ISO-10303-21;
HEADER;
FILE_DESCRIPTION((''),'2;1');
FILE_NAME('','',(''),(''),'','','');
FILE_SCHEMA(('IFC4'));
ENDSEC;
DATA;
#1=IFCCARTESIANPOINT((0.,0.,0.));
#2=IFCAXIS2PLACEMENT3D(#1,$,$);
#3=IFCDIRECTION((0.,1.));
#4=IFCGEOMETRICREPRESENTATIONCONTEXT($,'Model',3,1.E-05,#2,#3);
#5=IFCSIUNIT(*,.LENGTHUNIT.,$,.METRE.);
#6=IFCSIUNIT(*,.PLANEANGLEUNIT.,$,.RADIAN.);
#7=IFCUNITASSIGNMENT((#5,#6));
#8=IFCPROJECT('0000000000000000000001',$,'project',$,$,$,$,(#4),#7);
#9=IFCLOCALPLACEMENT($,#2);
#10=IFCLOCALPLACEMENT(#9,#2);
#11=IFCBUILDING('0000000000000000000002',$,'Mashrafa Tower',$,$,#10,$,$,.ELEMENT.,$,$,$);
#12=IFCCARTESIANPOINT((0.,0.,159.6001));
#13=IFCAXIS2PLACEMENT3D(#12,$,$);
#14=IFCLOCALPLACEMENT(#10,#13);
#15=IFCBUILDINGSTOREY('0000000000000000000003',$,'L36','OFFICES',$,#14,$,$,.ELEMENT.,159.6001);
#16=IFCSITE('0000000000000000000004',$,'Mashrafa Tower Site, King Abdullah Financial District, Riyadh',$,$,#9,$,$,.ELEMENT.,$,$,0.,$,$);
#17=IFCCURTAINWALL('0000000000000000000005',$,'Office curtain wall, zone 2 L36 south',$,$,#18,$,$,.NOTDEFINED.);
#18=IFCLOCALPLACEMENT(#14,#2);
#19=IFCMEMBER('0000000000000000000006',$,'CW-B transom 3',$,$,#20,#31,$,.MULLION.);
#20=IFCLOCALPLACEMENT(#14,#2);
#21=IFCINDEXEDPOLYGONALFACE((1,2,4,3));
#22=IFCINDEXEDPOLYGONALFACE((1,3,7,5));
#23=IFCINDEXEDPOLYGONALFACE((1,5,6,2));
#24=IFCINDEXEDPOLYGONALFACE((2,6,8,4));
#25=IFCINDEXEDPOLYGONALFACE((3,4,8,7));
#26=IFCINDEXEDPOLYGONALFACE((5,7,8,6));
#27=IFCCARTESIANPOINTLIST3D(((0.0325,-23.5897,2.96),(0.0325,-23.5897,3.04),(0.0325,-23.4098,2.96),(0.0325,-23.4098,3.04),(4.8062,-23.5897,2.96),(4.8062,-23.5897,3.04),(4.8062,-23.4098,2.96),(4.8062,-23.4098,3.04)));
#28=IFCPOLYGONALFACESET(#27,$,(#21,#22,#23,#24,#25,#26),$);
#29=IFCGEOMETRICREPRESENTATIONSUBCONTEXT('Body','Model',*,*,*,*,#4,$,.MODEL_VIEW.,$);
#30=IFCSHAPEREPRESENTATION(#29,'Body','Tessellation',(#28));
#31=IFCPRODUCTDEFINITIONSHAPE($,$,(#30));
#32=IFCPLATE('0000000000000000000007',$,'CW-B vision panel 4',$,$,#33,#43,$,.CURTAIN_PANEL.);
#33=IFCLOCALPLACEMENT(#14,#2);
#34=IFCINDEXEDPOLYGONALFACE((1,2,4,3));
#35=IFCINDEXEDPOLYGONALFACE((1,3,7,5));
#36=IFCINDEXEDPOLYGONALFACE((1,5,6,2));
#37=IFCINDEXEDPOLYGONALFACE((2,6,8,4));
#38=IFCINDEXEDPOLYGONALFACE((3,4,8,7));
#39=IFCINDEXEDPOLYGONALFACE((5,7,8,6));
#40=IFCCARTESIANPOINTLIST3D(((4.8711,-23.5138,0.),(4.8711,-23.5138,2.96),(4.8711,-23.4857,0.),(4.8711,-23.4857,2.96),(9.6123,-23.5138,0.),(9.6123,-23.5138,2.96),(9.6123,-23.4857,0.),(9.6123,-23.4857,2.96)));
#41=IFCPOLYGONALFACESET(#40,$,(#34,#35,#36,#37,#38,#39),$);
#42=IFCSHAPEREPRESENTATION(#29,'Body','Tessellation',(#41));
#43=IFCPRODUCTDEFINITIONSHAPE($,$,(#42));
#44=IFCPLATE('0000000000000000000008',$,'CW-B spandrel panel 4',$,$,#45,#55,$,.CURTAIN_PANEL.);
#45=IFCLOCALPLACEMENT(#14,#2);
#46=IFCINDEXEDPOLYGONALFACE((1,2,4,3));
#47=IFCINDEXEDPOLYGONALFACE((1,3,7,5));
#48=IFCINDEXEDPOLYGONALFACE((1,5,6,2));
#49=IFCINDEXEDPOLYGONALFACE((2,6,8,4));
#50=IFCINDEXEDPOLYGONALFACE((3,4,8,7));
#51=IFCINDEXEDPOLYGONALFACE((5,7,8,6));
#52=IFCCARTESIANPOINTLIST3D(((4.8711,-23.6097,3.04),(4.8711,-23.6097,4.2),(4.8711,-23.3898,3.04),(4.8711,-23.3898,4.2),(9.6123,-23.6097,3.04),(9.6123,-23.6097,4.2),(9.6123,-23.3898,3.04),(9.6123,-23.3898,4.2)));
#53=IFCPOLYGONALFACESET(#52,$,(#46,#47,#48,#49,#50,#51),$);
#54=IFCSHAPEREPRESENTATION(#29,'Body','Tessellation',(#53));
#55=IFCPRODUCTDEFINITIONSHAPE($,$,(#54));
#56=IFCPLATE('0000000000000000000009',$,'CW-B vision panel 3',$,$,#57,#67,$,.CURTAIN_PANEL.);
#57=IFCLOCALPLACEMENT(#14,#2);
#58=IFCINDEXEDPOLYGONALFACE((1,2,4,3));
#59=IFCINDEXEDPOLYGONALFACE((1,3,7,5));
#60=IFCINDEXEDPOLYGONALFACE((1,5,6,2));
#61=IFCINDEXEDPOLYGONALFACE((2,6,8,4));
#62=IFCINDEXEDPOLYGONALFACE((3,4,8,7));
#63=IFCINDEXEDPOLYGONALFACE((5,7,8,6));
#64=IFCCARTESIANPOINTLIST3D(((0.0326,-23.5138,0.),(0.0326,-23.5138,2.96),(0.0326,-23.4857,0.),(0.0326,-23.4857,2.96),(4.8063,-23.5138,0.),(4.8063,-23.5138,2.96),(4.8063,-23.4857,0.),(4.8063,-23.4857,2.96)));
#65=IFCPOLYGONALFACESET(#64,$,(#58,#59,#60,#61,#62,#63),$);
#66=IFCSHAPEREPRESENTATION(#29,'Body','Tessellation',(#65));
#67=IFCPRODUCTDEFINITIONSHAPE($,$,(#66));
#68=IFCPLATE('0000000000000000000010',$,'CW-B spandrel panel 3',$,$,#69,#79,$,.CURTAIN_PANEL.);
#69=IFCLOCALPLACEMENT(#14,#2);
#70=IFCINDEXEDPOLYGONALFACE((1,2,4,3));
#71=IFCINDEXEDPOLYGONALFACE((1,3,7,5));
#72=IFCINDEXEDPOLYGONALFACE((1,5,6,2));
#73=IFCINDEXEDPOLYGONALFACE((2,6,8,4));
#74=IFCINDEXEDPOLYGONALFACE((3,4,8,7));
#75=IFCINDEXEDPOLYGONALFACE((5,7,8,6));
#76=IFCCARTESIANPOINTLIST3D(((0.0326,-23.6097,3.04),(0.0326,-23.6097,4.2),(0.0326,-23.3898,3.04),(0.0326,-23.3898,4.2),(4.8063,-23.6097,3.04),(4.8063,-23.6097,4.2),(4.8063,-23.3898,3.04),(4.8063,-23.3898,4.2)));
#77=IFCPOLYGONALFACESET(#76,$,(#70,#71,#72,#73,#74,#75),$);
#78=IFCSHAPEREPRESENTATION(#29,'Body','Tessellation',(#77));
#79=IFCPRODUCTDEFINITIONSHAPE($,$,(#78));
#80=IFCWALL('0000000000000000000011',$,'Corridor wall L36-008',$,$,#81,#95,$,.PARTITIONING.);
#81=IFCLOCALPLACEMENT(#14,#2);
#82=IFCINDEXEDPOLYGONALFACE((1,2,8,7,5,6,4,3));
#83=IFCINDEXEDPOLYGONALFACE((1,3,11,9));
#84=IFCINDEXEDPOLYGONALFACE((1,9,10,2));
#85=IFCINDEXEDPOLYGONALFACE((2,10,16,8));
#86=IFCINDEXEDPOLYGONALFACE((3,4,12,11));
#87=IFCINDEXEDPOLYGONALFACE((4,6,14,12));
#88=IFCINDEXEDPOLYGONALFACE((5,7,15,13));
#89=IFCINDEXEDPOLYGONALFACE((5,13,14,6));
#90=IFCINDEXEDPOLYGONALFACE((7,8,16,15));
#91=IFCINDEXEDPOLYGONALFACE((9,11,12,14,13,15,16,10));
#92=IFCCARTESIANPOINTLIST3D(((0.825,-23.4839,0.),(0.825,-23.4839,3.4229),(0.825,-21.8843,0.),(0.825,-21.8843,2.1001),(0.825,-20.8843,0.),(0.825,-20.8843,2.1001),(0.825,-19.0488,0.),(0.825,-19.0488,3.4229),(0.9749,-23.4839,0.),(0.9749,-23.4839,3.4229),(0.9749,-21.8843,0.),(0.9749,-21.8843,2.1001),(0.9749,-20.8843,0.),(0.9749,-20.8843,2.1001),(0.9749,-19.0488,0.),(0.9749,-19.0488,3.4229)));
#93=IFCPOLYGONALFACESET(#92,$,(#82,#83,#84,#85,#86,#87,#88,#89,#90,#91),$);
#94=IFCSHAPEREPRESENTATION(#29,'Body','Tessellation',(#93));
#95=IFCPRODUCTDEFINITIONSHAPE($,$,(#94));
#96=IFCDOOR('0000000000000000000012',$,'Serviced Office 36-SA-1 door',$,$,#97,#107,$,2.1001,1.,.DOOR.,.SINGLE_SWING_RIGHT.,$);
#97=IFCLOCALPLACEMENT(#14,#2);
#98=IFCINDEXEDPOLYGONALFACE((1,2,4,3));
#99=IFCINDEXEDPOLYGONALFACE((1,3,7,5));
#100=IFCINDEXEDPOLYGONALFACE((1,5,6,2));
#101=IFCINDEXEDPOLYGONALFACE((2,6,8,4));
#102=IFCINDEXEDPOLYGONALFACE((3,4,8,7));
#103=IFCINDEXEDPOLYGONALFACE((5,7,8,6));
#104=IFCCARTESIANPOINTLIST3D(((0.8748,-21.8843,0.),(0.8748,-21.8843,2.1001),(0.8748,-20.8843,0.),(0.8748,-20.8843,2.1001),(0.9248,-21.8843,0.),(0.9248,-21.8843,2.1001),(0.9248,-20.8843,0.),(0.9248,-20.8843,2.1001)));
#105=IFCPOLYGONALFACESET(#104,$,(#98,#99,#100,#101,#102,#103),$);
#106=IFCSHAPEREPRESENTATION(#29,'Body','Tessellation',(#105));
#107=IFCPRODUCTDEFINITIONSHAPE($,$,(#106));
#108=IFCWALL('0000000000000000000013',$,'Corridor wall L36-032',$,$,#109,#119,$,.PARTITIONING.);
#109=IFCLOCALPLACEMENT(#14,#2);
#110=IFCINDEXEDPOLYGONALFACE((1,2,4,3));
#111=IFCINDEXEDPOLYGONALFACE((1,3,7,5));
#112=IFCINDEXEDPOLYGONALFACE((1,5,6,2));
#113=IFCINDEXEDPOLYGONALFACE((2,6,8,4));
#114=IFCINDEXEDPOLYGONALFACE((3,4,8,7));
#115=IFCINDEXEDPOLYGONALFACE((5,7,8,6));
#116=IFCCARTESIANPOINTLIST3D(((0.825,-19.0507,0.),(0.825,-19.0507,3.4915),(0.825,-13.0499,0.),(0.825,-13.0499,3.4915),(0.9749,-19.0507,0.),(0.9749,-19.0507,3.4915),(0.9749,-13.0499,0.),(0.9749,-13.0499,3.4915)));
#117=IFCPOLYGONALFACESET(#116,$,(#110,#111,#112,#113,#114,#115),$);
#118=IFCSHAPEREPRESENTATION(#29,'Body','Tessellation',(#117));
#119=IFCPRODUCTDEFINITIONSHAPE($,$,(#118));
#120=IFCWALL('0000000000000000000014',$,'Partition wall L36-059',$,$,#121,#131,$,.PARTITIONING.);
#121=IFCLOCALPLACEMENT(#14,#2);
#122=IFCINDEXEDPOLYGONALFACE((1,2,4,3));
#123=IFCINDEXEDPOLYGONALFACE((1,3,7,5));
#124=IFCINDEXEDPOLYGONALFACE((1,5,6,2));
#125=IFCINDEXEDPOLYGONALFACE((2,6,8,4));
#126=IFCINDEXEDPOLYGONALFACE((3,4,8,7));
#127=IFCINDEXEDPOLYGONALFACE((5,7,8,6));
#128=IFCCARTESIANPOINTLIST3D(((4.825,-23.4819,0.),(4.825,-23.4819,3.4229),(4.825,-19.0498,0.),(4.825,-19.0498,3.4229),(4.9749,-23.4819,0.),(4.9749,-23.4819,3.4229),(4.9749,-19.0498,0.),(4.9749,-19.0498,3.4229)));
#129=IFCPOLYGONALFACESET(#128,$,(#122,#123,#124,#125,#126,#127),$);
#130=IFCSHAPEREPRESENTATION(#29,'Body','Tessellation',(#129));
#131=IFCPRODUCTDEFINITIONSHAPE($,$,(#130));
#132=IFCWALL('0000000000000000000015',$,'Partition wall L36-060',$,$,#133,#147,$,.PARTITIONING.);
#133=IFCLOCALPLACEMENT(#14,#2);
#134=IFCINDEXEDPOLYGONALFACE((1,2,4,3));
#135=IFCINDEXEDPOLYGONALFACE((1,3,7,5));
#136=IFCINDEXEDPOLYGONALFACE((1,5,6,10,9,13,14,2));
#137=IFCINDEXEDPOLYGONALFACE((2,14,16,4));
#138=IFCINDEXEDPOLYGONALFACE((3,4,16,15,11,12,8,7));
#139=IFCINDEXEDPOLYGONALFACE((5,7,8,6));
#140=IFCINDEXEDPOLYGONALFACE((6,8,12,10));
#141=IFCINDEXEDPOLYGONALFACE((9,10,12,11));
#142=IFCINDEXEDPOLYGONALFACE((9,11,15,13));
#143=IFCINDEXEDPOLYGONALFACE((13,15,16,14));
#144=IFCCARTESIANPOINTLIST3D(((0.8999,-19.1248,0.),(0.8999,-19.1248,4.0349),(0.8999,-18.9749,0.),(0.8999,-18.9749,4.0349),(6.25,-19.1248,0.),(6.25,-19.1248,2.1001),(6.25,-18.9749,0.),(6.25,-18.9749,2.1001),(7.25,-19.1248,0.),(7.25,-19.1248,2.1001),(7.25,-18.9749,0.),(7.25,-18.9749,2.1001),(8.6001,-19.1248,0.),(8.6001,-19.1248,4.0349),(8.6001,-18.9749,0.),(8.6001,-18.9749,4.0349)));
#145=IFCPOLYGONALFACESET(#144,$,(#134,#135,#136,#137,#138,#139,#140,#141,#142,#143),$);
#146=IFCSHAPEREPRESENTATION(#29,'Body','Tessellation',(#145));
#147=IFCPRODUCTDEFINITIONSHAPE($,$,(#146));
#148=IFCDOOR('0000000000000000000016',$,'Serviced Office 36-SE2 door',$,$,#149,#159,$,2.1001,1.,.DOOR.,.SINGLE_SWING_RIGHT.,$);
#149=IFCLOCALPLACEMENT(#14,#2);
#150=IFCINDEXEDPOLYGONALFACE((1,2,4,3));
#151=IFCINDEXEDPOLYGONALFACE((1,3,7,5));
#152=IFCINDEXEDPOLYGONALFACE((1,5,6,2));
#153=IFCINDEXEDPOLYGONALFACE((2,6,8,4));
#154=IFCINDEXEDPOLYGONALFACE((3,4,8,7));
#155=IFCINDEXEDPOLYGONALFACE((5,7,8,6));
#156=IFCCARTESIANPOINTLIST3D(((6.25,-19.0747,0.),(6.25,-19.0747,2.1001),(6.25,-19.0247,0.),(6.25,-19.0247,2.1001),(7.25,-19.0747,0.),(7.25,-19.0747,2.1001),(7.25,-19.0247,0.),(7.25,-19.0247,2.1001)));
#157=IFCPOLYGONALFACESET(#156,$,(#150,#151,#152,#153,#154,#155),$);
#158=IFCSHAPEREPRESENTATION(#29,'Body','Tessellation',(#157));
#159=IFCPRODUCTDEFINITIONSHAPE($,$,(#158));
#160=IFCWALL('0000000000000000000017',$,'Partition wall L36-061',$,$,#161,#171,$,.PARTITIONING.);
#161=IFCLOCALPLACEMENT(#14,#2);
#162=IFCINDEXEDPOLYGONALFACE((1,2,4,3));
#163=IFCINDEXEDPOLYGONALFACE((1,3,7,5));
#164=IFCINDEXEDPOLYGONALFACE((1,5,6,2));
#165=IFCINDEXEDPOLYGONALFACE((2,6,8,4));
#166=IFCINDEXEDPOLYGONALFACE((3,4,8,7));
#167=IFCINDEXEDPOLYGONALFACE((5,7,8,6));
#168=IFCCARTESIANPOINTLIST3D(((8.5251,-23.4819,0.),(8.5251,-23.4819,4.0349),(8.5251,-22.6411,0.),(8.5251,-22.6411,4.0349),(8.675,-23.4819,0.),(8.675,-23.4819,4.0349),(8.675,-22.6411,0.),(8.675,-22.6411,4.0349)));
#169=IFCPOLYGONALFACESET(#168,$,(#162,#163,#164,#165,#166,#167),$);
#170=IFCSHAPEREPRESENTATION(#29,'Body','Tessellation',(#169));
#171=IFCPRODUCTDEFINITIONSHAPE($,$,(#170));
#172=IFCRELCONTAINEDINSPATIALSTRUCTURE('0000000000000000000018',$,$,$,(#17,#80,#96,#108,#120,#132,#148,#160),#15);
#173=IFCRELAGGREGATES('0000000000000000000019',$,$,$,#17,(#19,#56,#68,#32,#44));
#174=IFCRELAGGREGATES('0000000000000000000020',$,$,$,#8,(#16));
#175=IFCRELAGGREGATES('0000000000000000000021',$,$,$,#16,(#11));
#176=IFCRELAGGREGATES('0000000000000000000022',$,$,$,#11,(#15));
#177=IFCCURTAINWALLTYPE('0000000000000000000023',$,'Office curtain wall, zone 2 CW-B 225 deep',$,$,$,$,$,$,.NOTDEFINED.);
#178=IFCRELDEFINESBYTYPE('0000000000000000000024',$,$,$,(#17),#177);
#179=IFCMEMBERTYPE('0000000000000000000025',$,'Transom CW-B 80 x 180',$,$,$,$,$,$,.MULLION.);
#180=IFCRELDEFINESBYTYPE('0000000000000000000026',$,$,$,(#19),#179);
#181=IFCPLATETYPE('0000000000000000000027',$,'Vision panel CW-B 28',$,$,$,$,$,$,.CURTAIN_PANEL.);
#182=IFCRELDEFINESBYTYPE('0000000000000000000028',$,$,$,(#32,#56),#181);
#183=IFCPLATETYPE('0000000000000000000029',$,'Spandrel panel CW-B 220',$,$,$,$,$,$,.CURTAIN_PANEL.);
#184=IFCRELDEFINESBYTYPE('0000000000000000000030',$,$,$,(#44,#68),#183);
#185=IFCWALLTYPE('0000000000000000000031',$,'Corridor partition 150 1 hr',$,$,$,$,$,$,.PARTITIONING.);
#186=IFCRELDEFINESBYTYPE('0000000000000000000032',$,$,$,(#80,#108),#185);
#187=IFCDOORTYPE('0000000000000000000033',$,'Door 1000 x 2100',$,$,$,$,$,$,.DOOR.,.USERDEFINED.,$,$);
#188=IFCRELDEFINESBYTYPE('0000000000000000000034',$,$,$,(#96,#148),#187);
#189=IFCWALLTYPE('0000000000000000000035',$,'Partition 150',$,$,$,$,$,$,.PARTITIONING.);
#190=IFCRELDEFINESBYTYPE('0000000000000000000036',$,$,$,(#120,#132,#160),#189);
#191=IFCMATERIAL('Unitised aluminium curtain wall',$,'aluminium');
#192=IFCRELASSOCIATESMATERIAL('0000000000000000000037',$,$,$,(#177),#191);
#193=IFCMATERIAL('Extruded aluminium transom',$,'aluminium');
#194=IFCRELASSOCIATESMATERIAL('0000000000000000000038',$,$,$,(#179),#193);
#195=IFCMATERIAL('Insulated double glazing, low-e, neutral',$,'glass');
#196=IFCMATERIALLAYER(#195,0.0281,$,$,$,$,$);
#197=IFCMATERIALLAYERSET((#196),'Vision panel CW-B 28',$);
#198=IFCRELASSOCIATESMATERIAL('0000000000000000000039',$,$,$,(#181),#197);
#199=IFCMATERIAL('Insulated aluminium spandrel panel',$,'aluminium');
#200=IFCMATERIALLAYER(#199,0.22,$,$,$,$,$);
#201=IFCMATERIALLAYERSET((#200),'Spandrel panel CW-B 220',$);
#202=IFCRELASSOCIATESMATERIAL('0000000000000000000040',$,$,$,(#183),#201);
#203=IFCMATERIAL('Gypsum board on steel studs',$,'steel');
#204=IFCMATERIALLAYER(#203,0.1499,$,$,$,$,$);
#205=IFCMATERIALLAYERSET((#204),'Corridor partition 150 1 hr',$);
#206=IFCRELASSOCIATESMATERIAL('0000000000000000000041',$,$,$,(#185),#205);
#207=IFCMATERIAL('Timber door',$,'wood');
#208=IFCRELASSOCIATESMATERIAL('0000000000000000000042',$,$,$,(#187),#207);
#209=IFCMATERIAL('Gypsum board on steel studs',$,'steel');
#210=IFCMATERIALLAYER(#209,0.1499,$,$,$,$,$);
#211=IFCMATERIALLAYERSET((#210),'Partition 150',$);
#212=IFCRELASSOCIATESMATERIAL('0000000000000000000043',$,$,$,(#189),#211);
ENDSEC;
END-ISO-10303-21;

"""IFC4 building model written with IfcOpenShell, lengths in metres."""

from ifc_helpers import new_model, si_unit, direction, frame, frame_2d, origin, origin_2d, place, context, subcontext, project, spatial, rectangle, extrude, source, transform, mapped, material, layer, layer_set, material_profile, profile_set, type_object, type_shapes, element, fill, aggregate, save


model = new_model("IFC4")

# Units and contexts
model_context = context("Model", 3, precision=1e-05, world=origin(), true_north=direction((0.0, 1.0)))
body_context = subcontext(model_context, "Body", "Model", "MODEL_VIEW")
ifc_project = project(units=[si_unit("LENGTHUNIT", "METRE"), si_unit("PLANEANGLEUNIT", "RADIAN")], contexts=[model_context])

# Site, building, storey
site_placement = place(None, origin())
site = spatial("IfcSite", under=ifc_project, at=site_placement, Name="Mashrafa Tower Site, King Abdullah Financial District, Riyadh", CompositionType="ELEMENT", RefElevation=0.0)
building_placement = place(site_placement, origin())
building = spatial("IfcBuilding", under=site, at=building_placement, Name="Mashrafa Tower", CompositionType="ELEMENT")
storey_placement = place(building_placement, frame((0.0, 0.0, 159.6001)))
storey = spatial("IfcBuildingStorey", under=building, at=storey_placement, Name="L36", Description="OFFICES", CompositionType="ELEMENT", Elevation=159.6001)

# Curtain wall
ifc_material_1 = material(Name="Unitised aluminium curtain wall", Category="aluminium")
curtain_wall_type = type_object("IfcCurtainWallType", Name="Office curtain wall, zone 2 CW-B 225 deep", PredefinedType="NOTDEFINED", material=ifc_material_1)
curtain_wall_1_placement = place(storey_placement, origin())
curtain_wall_1 = element("IfcCurtainWall", 1, at=curtain_wall_1_placement, inside=storey, type_object=curtain_wall_type, Name="Office curtain wall, zone 2 L36 south", PredefinedType="NOTDEFINED")

# Member
ifc_material_2 = material(Name="Extruded aluminium transom", Category="aluminium")
ifc_material_profile_1 = material_profile(ifc_material_2, rectangle(XDim=0.1799, YDim=0.0801, at=origin_2d()), Name="Transom 80x180")
ifc_profile_set_1 = profile_set([ifc_material_profile_1], Name="Extruded aluminium transom")
member_type_1 = type_object("IfcMemberType", Name="Transom CW-B 80 x 180", PredefinedType="MULLION", material=ifc_profile_set_1)
shared_shape_1 = source(origin(), body_context, "Body", "SweptSolid", [
    extrude(rectangle(XDim=0.1799, YDim=0.0801, at=origin_2d()), origin(), (0.0, 0.0, 1.0), 4.7737),
])
member_1_placement = place(storey_placement, frame((0.0325, -23.4998, 3.0), z_axis=(1.0, 0.0, 0.0), x_axis=(0.0, 1.0, 0.0)))
member_1 = element("IfcMember", 2, at=member_1_placement, type_object=member_type_1, Name="CW-B transom 3", PredefinedType="MULLION", context=body_context, shape_type="MappedRepresentation", body=[
    mapped(shared_shape_1, transform((0.0, 0.0, 0.0))),
])

# Plates
ifc_material_3 = material(Name="Insulated double glazing, low-e, neutral", Category="glass")
ifc_layer_1 = layer(ifc_material_3, 0.0281)
ifc_layer_set_1 = layer_set([ifc_layer_1], Name="Vision panel CW-B 28")
plate_type_1 = type_object("IfcPlateType", Name="Vision panel CW-B 28", PredefinedType="CURTAIN_PANEL", material=ifc_layer_set_1)
shared_shape_2 = source(origin(), body_context, "Body", "SweptSolid", [
    extrude(rectangle(XDim=4.7412, YDim=0.0281, at=origin_2d()), origin(), (0.0, 0.0, 1.0), 2.96),
])
plate_1_placement = place(storey_placement, frame((7.2417, -23.4998, 0.0), z_axis=(0.0, 0.0, 1.0), x_axis=(1.0, 0.0, 0.0)))
plate_1 = element("IfcPlate", 3, at=plate_1_placement, type_object=plate_type_1, Name="CW-B vision panel 4", PredefinedType="CURTAIN_PANEL", context=body_context, shape_type="MappedRepresentation", body=[
    mapped(shared_shape_2, transform((0.0, 0.0, 0.0))),
])
ifc_material_4 = material(Name="Insulated aluminium spandrel panel", Category="aluminium")
ifc_layer_2 = layer(ifc_material_4, 0.22)
ifc_layer_set_2 = layer_set([ifc_layer_2], Name="Spandrel panel CW-B 220")
plate_type_2 = type_object("IfcPlateType", Name="Spandrel panel CW-B 220", PredefinedType="CURTAIN_PANEL", material=ifc_layer_set_2)
shared_shape_3 = source(origin(), body_context, "Body", "SweptSolid", [
    extrude(rectangle(XDim=4.7412, YDim=0.22, at=origin_2d()), origin(), (0.0, 0.0, 1.0), 1.1599),
])
plate_2_placement = place(storey_placement, frame((7.2417, -23.4998, 3.04), z_axis=(0.0, 0.0, 1.0), x_axis=(1.0, 0.0, 0.0)))
plate_2 = element("IfcPlate", 4, at=plate_2_placement, type_object=plate_type_2, Name="CW-B spandrel panel 4", PredefinedType="CURTAIN_PANEL", context=body_context, shape_type="MappedRepresentation", body=[
    mapped(shared_shape_3, transform((0.0, 0.0, 0.0))),
])
shared_shape_4 = source(origin(), body_context, "Body", "SweptSolid", [
    extrude(rectangle(XDim=4.7737, YDim=0.0281, at=origin_2d()), origin(), (0.0, 0.0, 1.0), 2.96),
])
type_shapes(plate_type_1, [shared_shape_2, shared_shape_4])
plate_3_placement = place(storey_placement, frame((2.4194, -23.4998, 0.0), z_axis=(0.0, 0.0, 1.0), x_axis=(1.0, 0.0, 0.0)))
plate_3 = element("IfcPlate", 5, at=plate_3_placement, type_object=plate_type_1, Name="CW-B vision panel 3", PredefinedType="CURTAIN_PANEL", context=body_context, shape_type="MappedRepresentation", body=[
    mapped(shared_shape_4, transform((0.0, 0.0, 0.0))),
])
shared_shape_5 = source(origin(), body_context, "Body", "SweptSolid", [
    extrude(rectangle(XDim=4.7737, YDim=0.22, at=origin_2d()), origin(), (0.0, 0.0, 1.0), 1.1599),
])
type_shapes(plate_type_2, [shared_shape_3, shared_shape_5])
plate_4_placement = place(storey_placement, frame((2.4194, -23.4998, 3.04), z_axis=(0.0, 0.0, 1.0), x_axis=(1.0, 0.0, 0.0)))
plate_4 = element("IfcPlate", 6, at=plate_4_placement, type_object=plate_type_2, Name="CW-B spandrel panel 3", PredefinedType="CURTAIN_PANEL", context=body_context, shape_type="MappedRepresentation", body=[
    mapped(shared_shape_5, transform((0.0, 0.0, 0.0))),
])
aggregate(curtain_wall_1, [member_1, plate_3, plate_4, plate_1, plate_2])

# Wall, opening, door
ifc_material_5 = material(Name="Gypsum board on steel studs", Category="steel")
ifc_layer_3 = layer(ifc_material_5, 0.1499)
ifc_layer_set_3 = layer_set([ifc_layer_3], Name="Corridor partition 150 1 hr")
wall_type_1 = type_object("IfcWallType", Name="Corridor partition 150 1 hr", PredefinedType="PARTITIONING", material=ifc_layer_set_3)
wall_1_placement = place(storey_placement, frame((0.8999, -23.4839, 0.0), z_axis=(0.0, 0.0, 1.0), x_axis=(0.0, 1.0, 0.0)))
wall_1 = element("IfcWall", 7, at=wall_1_placement, inside=storey, type_object=wall_type_1, Name="Corridor wall L36-008", PredefinedType="PARTITIONING", context=body_context, shape_type="SweptSolid", body=[
    extrude(rectangle(XDim=4.4351, YDim=0.1499, at=frame_2d((2.2175, 0.0))), origin(), (0.0, 0.0, 1.0), 3.4229),
])
opening_1_placement = place(wall_1_placement, frame((1.5996, 0.0, 0.0)))
opening_1 = element("IfcOpeningElement", 8, at=opening_1_placement, cuts=wall_1, PredefinedType="OPENING", context=body_context, shape_type="SweptSolid", body=[
    extrude(rectangle(XDim=1.0, YDim=2.1001, at=frame_2d((0.5, 1.05))), frame((0.0, 0.085, 0.0), z_axis=(0.0, -1.0, 0.0), x_axis=(1.0, 0.0, 0.0)), (0.0, 0.0, 1.0), 0.1699),
])
ifc_material_6 = material(Name="Timber door", Category="wood")
door_type = type_object("IfcDoorType", Name="Door 1000 x 2100", OperationType="USERDEFINED", PredefinedType="DOOR", material=ifc_material_6)
door_1_placement = place(opening_1_placement, frame((1.0, 0.0, 0.0), z_axis=(0.0, 0.0, 1.0), x_axis=(-1.0, 0.0, 0.0)))
door_1 = element("IfcDoor", 9, at=door_1_placement, inside=storey, type_object=door_type, Name="Serviced Office 36-SA-1 door", OperationType="SINGLE_SWING_RIGHT", OverallHeight=2.1001, OverallWidth=1.0, PredefinedType="DOOR", context=body_context, shape_type="SweptSolid", body=[
    extrude(rectangle(XDim=1.0, YDim=2.1001, at=frame_2d((0.5, 1.05))), frame((0.0, 0.0249, 0.0), z_axis=(0.0, -1.0, 0.0), x_axis=(1.0, 0.0, 0.0)), (0.0, 0.0, 1.0), 0.05),
])
fill(opening_1, door_1)

# Walls
wall_2_placement = place(storey_placement, frame((0.8999, -19.0508, 0.0), z_axis=(0.0, 0.0, 1.0), x_axis=(0.0, 1.0, 0.0)))
element("IfcWall", 10, at=wall_2_placement, inside=storey, type_object=wall_type_1, Name="Corridor wall L36-032", PredefinedType="PARTITIONING", context=body_context, shape_type="SweptSolid", body=[
    extrude(rectangle(XDim=6.0007, YDim=0.1499, at=frame_2d((3.0005, 0.0))), origin(), (0.0, 0.0, 1.0), 3.4915),
])
ifc_material_7 = material(Name="Gypsum board on steel studs", Category="steel")
ifc_layer_4 = layer(ifc_material_7, 0.1499)
ifc_layer_set_4 = layer_set([ifc_layer_4], Name="Partition 150")
wall_type_2 = type_object("IfcWallType", Name="Partition 150", PredefinedType="PARTITIONING", material=ifc_layer_set_4)
wall_3_placement = place(storey_placement, frame((4.8999, -23.4819, 0.0), z_axis=(0.0, 0.0, 1.0), x_axis=(0.0, 1.0, 0.0)))
element("IfcWall", 11, at=wall_3_placement, inside=storey, type_object=wall_type_2, Name="Partition wall L36-059", PredefinedType="PARTITIONING", context=body_context, shape_type="SweptSolid", body=[
    extrude(rectangle(XDim=4.4321, YDim=0.1499, at=frame_2d((2.2161, 0.0))), origin(), (0.0, 0.0, 1.0), 3.4229),
])

# Wall, opening, door
wall_4_placement = place(storey_placement, frame((0.8999, -19.0498, 0.0), z_axis=(0.0, 0.0, 1.0), x_axis=(1.0, 0.0, 0.0)))
wall_4 = element("IfcWall", 12, at=wall_4_placement, inside=storey, type_object=wall_type_2, Name="Partition wall L36-060", PredefinedType="PARTITIONING", context=body_context, shape_type="SweptSolid", body=[
    extrude(rectangle(XDim=7.7002, YDim=0.1499, at=frame_2d((3.8501, 0.0))), origin(), (0.0, 0.0, 1.0), 4.0349),
])
opening_2_placement = place(wall_4_placement, frame((5.3501, 0.0, 0.0)))
opening_2 = element("IfcOpeningElement", 13, at=opening_2_placement, cuts=wall_4, PredefinedType="OPENING", context=body_context, shape_type="SweptSolid", body=[
    extrude(rectangle(XDim=1.0, YDim=2.1001, at=frame_2d((0.5, 1.05))), frame((0.0, 0.085, 0.0), z_axis=(0.0, -1.0, 0.0), x_axis=(1.0, 0.0, 0.0)), (0.0, 0.0, 1.0), 0.1699),
])
door_2_placement = place(opening_2_placement, frame((1.0, 0.0, 0.0), z_axis=(0.0, 0.0, 1.0), x_axis=(-1.0, 0.0, 0.0)))
door_2 = element("IfcDoor", 14, at=door_2_placement, inside=storey, type_object=door_type, Name="Serviced Office 36-SE2 door", OperationType="SINGLE_SWING_RIGHT", OverallHeight=2.1001, OverallWidth=1.0, PredefinedType="DOOR", context=body_context, shape_type="SweptSolid", body=[
    extrude(rectangle(XDim=1.0, YDim=2.1001, at=frame_2d((0.5, 1.05))), frame((0.0, 0.0249, 0.0), z_axis=(0.0, -1.0, 0.0), x_axis=(1.0, 0.0, 0.0)), (0.0, 0.0, 1.0), 0.05),
])
fill(opening_2, door_2)

# Wall
wall_5_placement = place(storey_placement, frame((8.6001, -23.4819, 0.0), z_axis=(0.0, 0.0, 1.0), x_axis=(0.0, 1.0, 0.0)))
element("IfcWall", 15, at=wall_5_placement, inside=storey, type_object=wall_type_2, Name="Partition wall L36-061", PredefinedType="PARTITIONING", context=body_context, shape_type="SweptSolid", body=[
    extrude(rectangle(XDim=0.8408, YDim=0.1499, at=frame_2d((0.4204, 0.0))), origin(), (0.0, 0.0, 1.0), 4.0349),
])

save(model, "model.ifc")
